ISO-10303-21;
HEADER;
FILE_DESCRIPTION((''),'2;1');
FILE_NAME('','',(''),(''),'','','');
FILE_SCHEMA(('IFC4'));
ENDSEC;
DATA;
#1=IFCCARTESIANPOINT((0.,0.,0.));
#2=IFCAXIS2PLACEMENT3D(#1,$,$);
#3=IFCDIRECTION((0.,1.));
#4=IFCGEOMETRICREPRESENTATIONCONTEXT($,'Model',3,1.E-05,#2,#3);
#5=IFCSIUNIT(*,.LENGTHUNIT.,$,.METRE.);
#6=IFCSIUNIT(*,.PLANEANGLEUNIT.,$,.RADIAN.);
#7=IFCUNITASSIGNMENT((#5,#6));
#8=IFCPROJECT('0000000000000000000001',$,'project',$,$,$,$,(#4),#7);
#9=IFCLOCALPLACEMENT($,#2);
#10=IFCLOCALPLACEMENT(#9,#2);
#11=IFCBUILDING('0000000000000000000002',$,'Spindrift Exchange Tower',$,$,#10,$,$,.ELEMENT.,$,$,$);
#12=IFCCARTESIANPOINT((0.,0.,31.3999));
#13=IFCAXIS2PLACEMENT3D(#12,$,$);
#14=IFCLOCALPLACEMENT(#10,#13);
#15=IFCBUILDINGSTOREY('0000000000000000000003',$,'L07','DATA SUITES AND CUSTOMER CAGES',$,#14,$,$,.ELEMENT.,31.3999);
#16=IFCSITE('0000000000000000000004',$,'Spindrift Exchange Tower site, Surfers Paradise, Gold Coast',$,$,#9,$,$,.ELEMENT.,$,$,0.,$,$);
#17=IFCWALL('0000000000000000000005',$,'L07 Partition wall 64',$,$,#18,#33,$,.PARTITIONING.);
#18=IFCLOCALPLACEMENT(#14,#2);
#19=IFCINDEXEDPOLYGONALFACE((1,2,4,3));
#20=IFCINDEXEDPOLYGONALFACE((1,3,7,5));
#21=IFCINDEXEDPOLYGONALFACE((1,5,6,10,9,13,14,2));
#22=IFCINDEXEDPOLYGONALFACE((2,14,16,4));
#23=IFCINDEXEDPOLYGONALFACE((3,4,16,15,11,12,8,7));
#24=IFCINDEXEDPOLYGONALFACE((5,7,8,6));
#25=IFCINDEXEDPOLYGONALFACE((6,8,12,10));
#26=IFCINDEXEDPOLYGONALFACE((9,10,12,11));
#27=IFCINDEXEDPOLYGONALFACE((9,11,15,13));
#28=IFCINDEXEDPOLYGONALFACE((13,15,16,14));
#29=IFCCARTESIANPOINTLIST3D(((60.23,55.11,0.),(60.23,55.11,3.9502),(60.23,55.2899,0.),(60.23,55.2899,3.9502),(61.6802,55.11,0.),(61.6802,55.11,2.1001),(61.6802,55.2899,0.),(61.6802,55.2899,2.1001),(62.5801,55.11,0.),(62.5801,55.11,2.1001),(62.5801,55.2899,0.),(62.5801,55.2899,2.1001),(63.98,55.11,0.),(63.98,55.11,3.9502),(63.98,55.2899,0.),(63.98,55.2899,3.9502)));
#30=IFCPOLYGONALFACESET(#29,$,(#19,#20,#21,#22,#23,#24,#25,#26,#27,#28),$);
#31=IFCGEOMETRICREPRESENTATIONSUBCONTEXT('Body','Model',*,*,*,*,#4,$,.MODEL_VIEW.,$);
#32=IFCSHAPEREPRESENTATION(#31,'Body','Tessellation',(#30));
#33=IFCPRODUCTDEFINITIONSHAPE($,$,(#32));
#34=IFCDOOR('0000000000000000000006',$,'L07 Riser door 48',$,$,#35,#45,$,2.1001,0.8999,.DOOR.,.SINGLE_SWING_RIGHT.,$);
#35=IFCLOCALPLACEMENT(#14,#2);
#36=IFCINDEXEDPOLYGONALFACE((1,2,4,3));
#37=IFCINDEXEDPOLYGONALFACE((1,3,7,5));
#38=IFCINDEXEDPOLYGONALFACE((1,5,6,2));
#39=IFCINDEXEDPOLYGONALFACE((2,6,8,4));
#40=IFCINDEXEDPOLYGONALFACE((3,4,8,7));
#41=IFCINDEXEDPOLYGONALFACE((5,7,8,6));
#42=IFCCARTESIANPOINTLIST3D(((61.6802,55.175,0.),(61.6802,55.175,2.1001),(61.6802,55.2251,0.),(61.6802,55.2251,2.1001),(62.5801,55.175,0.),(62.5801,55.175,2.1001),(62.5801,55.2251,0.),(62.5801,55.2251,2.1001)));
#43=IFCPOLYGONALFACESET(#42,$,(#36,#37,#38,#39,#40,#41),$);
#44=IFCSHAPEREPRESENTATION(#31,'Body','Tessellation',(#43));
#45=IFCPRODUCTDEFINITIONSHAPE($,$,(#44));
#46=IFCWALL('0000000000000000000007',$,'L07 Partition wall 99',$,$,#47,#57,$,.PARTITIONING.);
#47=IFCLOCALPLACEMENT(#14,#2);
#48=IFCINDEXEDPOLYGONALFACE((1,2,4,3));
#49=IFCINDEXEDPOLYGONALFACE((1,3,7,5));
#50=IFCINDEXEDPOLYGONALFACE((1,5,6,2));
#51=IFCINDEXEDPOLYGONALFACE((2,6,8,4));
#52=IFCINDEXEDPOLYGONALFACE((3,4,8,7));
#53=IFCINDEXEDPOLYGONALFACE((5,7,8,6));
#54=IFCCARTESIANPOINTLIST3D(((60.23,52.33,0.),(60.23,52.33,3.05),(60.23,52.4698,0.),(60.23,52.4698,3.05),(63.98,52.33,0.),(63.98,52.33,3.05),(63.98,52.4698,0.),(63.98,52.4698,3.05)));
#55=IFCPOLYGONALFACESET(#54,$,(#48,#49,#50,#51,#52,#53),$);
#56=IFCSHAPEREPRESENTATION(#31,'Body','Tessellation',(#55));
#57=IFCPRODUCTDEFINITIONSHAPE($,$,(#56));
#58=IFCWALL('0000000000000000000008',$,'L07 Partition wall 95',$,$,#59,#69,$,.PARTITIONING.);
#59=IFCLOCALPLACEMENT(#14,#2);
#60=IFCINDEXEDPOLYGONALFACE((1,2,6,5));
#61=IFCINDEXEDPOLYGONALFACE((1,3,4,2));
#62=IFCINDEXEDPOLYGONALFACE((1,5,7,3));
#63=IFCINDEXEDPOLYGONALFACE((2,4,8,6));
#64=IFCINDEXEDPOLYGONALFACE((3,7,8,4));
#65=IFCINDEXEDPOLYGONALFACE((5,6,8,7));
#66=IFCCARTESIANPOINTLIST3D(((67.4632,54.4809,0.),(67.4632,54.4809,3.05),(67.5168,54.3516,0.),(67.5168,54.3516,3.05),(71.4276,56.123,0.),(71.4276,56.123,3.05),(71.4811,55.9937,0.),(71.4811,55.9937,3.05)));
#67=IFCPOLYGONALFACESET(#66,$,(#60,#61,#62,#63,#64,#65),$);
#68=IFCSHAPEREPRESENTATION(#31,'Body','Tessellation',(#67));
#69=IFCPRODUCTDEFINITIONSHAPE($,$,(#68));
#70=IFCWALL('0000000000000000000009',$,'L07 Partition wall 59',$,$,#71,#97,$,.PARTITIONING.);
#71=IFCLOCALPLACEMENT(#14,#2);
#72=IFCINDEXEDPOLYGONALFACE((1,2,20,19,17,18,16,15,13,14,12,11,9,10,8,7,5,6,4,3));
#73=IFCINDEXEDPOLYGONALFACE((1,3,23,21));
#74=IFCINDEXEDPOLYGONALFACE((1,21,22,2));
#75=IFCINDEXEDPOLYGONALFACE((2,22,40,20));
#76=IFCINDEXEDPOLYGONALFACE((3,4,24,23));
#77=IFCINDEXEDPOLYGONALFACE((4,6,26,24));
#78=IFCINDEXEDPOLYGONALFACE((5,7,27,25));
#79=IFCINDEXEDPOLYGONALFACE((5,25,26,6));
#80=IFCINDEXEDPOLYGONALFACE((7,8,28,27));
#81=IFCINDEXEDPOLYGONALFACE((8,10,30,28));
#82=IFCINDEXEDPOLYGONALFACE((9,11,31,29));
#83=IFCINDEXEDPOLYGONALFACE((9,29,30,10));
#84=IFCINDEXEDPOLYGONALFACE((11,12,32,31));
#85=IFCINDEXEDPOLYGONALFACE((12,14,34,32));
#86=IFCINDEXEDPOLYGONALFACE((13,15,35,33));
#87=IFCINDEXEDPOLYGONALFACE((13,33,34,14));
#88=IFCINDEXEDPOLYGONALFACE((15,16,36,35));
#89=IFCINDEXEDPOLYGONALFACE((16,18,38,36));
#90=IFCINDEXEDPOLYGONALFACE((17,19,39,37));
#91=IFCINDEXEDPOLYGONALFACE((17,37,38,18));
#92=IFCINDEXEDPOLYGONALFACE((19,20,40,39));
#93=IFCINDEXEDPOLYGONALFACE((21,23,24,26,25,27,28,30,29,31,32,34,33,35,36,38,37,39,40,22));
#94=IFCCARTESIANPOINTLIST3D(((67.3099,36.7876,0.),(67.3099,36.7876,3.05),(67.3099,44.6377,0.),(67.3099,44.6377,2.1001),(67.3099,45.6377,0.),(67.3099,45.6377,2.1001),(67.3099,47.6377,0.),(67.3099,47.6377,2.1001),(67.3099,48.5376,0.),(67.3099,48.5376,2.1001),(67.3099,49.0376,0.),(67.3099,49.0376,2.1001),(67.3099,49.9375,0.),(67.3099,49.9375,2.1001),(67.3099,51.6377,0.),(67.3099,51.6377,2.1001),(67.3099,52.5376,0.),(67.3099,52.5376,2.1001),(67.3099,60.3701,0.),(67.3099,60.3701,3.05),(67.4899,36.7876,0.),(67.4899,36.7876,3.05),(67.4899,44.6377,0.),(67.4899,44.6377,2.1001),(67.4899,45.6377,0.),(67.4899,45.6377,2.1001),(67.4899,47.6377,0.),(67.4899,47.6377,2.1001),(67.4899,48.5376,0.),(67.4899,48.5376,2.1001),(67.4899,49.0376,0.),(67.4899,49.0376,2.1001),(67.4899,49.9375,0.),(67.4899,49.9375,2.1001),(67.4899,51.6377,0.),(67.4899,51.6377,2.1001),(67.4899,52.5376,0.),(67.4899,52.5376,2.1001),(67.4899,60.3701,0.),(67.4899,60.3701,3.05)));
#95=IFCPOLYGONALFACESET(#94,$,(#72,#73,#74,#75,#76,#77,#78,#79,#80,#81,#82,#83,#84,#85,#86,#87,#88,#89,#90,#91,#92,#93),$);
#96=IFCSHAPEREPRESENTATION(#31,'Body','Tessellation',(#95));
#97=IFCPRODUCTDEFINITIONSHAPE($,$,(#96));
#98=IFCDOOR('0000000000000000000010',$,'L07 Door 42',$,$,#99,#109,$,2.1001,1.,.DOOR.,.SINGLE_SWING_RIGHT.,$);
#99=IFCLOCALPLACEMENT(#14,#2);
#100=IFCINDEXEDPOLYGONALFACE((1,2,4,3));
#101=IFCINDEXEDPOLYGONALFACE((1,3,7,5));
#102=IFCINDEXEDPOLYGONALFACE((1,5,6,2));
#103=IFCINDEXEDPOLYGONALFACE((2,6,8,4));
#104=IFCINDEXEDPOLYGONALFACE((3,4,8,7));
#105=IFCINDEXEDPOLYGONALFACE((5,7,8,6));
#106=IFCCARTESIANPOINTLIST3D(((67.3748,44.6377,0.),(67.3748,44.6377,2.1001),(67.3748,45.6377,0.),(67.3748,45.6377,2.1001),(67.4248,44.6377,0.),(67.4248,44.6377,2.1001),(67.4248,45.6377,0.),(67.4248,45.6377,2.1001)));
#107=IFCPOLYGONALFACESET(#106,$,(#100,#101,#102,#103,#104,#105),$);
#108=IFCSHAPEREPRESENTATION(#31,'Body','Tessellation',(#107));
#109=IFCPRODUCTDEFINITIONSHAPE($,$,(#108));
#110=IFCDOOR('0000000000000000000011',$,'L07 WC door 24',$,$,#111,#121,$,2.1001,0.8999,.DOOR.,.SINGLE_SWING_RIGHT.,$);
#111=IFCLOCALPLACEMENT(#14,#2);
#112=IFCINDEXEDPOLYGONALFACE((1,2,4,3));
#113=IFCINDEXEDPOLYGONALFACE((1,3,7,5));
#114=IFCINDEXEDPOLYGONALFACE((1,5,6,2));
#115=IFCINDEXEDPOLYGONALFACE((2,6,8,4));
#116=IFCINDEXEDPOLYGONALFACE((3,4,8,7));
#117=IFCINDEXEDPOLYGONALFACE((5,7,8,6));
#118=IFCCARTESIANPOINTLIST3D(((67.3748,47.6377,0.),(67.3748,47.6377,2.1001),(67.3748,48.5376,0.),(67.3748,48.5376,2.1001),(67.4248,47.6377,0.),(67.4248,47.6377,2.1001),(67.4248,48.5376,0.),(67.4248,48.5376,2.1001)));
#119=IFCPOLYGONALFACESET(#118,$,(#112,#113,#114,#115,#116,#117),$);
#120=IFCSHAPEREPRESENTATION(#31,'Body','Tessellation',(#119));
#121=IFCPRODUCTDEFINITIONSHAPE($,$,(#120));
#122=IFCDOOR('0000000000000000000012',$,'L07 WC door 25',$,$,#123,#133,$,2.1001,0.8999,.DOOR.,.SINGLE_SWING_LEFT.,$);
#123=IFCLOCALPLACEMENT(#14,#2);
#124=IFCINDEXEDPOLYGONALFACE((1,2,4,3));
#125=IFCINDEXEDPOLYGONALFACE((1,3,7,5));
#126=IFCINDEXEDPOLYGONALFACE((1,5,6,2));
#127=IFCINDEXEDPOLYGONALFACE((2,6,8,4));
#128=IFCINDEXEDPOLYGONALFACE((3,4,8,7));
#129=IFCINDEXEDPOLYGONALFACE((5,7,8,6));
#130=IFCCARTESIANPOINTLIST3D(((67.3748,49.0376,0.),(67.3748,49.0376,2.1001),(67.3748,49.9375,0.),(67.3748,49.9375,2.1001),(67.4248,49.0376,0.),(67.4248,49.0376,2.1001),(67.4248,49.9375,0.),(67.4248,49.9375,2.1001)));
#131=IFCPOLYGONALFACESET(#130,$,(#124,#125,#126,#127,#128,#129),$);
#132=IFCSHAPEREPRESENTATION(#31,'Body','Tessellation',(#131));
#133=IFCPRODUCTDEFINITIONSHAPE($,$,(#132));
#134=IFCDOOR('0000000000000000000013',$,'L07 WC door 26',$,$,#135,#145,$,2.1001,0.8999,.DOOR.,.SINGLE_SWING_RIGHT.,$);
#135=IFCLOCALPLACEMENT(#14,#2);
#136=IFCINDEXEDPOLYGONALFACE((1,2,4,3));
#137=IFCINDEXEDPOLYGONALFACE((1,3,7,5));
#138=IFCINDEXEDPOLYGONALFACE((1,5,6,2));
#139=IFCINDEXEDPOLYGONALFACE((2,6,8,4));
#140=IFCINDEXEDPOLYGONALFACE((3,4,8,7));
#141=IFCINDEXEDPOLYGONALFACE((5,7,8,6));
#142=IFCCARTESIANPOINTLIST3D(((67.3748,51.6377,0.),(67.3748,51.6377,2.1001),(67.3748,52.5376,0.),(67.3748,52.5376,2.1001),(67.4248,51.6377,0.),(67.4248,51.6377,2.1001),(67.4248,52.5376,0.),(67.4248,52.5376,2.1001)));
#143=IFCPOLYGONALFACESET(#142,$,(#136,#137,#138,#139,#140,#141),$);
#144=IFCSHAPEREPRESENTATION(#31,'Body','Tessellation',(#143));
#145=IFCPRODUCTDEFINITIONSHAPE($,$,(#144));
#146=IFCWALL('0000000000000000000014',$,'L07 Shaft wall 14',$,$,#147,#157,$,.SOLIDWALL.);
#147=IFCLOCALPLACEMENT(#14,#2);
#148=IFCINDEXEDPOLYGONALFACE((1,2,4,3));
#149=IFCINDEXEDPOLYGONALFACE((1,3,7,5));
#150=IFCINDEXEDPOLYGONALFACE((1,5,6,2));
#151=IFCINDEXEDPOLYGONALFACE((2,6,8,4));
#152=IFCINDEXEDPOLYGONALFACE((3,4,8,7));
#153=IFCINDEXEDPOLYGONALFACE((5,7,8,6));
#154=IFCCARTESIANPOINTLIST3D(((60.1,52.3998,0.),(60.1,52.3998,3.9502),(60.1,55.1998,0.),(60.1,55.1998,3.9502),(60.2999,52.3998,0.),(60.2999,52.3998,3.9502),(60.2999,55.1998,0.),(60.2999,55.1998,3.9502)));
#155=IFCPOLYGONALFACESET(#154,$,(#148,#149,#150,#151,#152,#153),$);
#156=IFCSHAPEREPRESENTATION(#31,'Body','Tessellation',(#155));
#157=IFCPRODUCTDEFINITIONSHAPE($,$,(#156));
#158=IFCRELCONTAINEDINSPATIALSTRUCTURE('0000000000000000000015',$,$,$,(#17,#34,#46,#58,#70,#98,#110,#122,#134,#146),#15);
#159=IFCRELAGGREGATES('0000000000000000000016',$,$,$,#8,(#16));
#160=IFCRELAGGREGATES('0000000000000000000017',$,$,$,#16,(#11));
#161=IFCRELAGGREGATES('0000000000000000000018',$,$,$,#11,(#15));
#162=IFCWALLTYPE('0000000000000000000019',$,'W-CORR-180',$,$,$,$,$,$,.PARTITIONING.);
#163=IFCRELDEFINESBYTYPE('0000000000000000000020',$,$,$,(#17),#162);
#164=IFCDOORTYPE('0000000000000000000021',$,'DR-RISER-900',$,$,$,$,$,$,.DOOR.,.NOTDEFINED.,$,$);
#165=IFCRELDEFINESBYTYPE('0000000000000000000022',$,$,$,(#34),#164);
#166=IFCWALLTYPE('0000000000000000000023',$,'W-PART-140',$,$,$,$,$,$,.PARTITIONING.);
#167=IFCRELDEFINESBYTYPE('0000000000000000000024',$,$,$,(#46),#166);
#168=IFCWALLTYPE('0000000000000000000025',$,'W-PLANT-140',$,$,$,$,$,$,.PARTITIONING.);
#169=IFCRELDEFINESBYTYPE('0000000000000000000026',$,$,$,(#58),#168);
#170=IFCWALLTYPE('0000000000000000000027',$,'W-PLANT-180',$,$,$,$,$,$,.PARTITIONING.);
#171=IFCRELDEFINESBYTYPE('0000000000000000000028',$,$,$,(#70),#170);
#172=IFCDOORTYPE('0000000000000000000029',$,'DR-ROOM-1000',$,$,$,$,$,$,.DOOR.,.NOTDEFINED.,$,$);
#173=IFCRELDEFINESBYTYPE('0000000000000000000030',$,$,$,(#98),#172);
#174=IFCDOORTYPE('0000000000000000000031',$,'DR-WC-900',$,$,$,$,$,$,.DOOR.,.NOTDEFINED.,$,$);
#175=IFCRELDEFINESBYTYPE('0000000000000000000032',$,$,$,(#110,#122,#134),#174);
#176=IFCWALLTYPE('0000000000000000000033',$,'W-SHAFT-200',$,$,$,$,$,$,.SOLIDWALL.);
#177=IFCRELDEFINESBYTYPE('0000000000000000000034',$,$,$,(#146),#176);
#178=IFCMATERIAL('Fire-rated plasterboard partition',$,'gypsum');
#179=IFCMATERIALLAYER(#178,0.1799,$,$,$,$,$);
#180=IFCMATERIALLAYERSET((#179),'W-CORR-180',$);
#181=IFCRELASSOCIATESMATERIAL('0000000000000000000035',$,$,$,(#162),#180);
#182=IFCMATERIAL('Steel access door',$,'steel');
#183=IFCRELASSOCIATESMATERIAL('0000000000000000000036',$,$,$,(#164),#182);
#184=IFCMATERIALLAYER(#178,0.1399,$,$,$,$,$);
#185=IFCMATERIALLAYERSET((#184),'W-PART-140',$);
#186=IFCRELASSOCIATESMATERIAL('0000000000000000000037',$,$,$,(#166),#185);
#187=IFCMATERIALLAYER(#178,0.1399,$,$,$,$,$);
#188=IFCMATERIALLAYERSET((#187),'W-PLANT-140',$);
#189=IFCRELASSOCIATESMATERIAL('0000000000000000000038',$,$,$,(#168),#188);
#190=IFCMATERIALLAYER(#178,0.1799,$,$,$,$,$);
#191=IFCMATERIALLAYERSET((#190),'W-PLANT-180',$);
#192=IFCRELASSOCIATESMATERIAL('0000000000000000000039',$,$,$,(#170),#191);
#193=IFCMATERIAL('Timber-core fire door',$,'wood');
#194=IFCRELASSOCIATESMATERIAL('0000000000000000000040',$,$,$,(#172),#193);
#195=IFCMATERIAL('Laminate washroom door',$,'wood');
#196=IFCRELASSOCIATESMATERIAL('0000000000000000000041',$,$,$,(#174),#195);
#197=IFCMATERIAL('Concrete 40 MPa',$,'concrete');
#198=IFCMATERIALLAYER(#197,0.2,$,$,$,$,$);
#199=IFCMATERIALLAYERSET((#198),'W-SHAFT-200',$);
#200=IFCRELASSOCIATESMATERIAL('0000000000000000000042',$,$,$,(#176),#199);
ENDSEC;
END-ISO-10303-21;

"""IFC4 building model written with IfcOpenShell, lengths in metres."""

from ifc_helpers import new_model, si_unit, direction, frame, frame_2d, origin, place, context, subcontext, project, spatial, rectangle, extrude, source, transform, mapped, material, layer, layer_set, type_object, element, fill, save


model = new_model("IFC4")

# Units and contexts
model_context = context("Model", 3, precision=1e-05, world=origin(), true_north=direction((0.0, 1.0)))
body_context = subcontext(model_context, "Body", "Model", "MODEL_VIEW")
ifc_project = project(units=[si_unit("LENGTHUNIT", "METRE"), si_unit("PLANEANGLEUNIT", "RADIAN")], contexts=[model_context])

# Site, building, storey
site_placement = place(None, origin())
site = spatial("IfcSite", under=ifc_project, at=site_placement, Name="Spindrift Exchange Tower site, Surfers Paradise, Gold Coast", CompositionType="ELEMENT", RefElevation=0.0)
building_placement = place(site_placement, origin())
building = spatial("IfcBuilding", under=site, at=building_placement, Name="Spindrift Exchange Tower", CompositionType="ELEMENT")
storey_placement = place(building_placement, frame((0.0, 0.0, 31.3999)))
storey = spatial("IfcBuildingStorey", under=building, at=storey_placement, Name="L07", Description="DATA SUITES AND CUSTOMER CAGES", CompositionType="ELEMENT", Elevation=31.3999)

# Wall, opening, door
ifc_material_1 = material(Name="Fire-rated plasterboard partition", Category="gypsum")
ifc_layer_1 = layer(ifc_material_1, 0.1799)
ifc_layer_set_1 = layer_set([ifc_layer_1], Name="W-CORR-180")
wall_type_1 = type_object("IfcWallType", Name="W-CORR-180", PredefinedType="PARTITIONING", material=ifc_layer_set_1)
wall_1_placement = place(storey_placement, frame((63.98, 55.2, 0.0), z_axis=(0.0, 0.0, 1.0), x_axis=(-1.0, 0.0, 0.0)))
wall_1 = element("IfcWall", 1, at=wall_1_placement, inside=storey, type_object=wall_type_1, Name="L07 Partition wall 64", PredefinedType="PARTITIONING", context=body_context, shape_type="SweptSolid", body=[
    extrude(rectangle(XDim=3.75, YDim=0.1799, at=frame_2d((1.875, 0.0))), origin(), (0.0, 0.0, 1.0), 3.9502),
])
opening_1_placement = place(wall_1_placement, frame((1.3999, 0.0, 0.0)))
opening_1 = element("IfcOpeningElement", 2, at=opening_1_placement, cuts=wall_1, PredefinedType="OPENING", context=body_context, shape_type="SweptSolid", body=[
    extrude(rectangle(XDim=0.8999, YDim=2.1001, at=frame_2d((0.45, 1.05))), frame((0.0, 0.0999, 0.0), z_axis=(0.0, -1.0, 0.0), x_axis=(1.0, 0.0, 0.0)), (0.0, 0.0, 1.0), 0.2),
])
ifc_material_2 = material(Name="Steel access door", Category="steel")
door_type_1 = type_object("IfcDoorType", Name="DR-RISER-900", OperationType="NOTDEFINED", PredefinedType="DOOR", material=ifc_material_2)
shared_shape_1 = source(origin(), body_context, "Body", "SweptSolid", [
    extrude(rectangle(XDim=0.8999, YDim=2.1001, at=frame_2d((0.45, 1.05))), frame((0.0, 0.0249, 0.0), z_axis=(0.0, -1.0, 0.0), x_axis=(1.0, 0.0, 0.0)), (0.0, 0.0, 1.0), 0.05),
])
door_1_placement = place(opening_1_placement, origin())
door_1 = element("IfcDoor", 3, at=door_1_placement, inside=storey, type_object=door_type_1, Name="L07 Riser door 48", OperationType="SINGLE_SWING_RIGHT", OverallHeight=2.1001, OverallWidth=0.8999, PredefinedType="DOOR", context=body_context, shape_type="MappedRepresentation", body=[
    mapped(shared_shape_1, transform((0.0, 0.0, 0.0), scale=1.0)),
])
fill(opening_1, door_1)

# Walls
ifc_layer_2 = layer(ifc_material_1, 0.1399)
ifc_layer_set_2 = layer_set([ifc_layer_2], Name="W-PART-140")
wall_type_2 = type_object("IfcWallType", Name="W-PART-140", PredefinedType="PARTITIONING", material=ifc_layer_set_2)
wall_2_placement = place(storey_placement, frame((63.98, 52.3999, 0.0), z_axis=(0.0, 0.0, 1.0), x_axis=(-1.0, 0.0, 0.0)))
element("IfcWall", 4, at=wall_2_placement, inside=storey, type_object=wall_type_2, Name="L07 Partition wall 99", PredefinedType="PARTITIONING", context=body_context, shape_type="SweptSolid", body=[
    extrude(rectangle(XDim=3.75, YDim=0.1399, at=frame_2d((1.875, 0.0))), origin(), (0.0, 0.0, 1.0), 3.05),
])
ifc_layer_3 = layer(ifc_material_1, 0.1399)
ifc_layer_set_3 = layer_set([ifc_layer_3], Name="W-PLANT-140")
wall_type_3 = type_object("IfcWallType", Name="W-PLANT-140", PredefinedType="PARTITIONING", material=ifc_layer_set_3)
wall_3_placement = place(storey_placement, frame((67.49, 54.4163, 0.0), z_axis=(0.0, 0.0, 1.0), x_axis=(0.92388, 0.382683, 0.0)))
element("IfcWall", 5, at=wall_3_placement, inside=storey, type_object=wall_type_3, Name="L07 Partition wall 95", PredefinedType="PARTITIONING", context=body_context, shape_type="SweptSolid", body=[
    extrude(rectangle(XDim=4.291, YDim=0.1399, at=frame_2d((2.1455, 0.0))), origin(), (0.0, 0.0, 1.0), 3.05),
])

# Wall, openings, doors
ifc_layer_4 = layer(ifc_material_1, 0.1799)
ifc_layer_set_4 = layer_set([ifc_layer_4], Name="W-PLANT-180")
wall_type_4 = type_object("IfcWallType", Name="W-PLANT-180", PredefinedType="PARTITIONING", material=ifc_layer_set_4)
wall_4_placement = place(storey_placement, frame((67.3999, 60.3701, 0.0), z_axis=(0.0, 0.0, 1.0), x_axis=(0.0, -1.0, 0.0)))
wall_4 = element("IfcWall", 6, at=wall_4_placement, inside=storey, type_object=wall_type_4, Name="L07 Partition wall 59", PredefinedType="PARTITIONING", context=body_context, shape_type="SweptSolid", body=[
    extrude(rectangle(XDim=23.5825, YDim=0.1799, at=frame_2d((11.7913, 0.0))), origin(), (0.0, 0.0, 1.0), 3.05),
])
opening_2_placement = place(wall_4_placement, frame((11.8325, 0.0, 0.0)))
opening_2 = element("IfcOpeningElement", 7, at=opening_2_placement, cuts=wall_4, PredefinedType="OPENING", context=body_context, shape_type="SweptSolid", body=[
    extrude(rectangle(XDim=0.8999, YDim=2.1001, at=frame_2d((0.45, 1.05))), frame((0.0, 0.0999, 0.0), z_axis=(0.0, -1.0, 0.0), x_axis=(1.0, 0.0, 0.0)), (0.0, 0.0, 1.0), 0.2),
])
opening_3_placement = place(wall_4_placement, frame((10.4326, 0.0, 0.0)))
opening_3 = element("IfcOpeningElement", 8, at=opening_3_placement, cuts=wall_4, PredefinedType="OPENING", context=body_context, shape_type="SweptSolid", body=[
    extrude(rectangle(XDim=0.8999, YDim=2.1001, at=frame_2d((0.45, 1.05))), frame((0.0, 0.0999, 0.0), z_axis=(0.0, -1.0, 0.0), x_axis=(1.0, 0.0, 0.0)), (0.0, 0.0, 1.0), 0.2),
])
opening_4_placement = place(wall_4_placement, frame((7.8325, 0.0, 0.0)))
opening_4 = element("IfcOpeningElement", 9, at=opening_4_placement, cuts=wall_4, PredefinedType="OPENING", context=body_context, shape_type="SweptSolid", body=[
    extrude(rectangle(XDim=0.8999, YDim=2.1001, at=frame_2d((0.45, 1.05))), frame((0.0, 0.0999, 0.0), z_axis=(0.0, -1.0, 0.0), x_axis=(1.0, 0.0, 0.0)), (0.0, 0.0, 1.0), 0.2),
])
opening_5_placement = place(wall_4_placement, frame((14.7324, 0.0, 0.0)))
opening_5 = element("IfcOpeningElement", 10, at=opening_5_placement, cuts=wall_4, PredefinedType="OPENING", context=body_context, shape_type="SweptSolid", body=[
    extrude(rectangle(XDim=1.0, YDim=2.1001, at=frame_2d((0.5, 1.05))), frame((0.0, 0.0999, 0.0), z_axis=(0.0, -1.0, 0.0), x_axis=(1.0, 0.0, 0.0)), (0.0, 0.0, 1.0), 0.2),
])
ifc_material_3 = material(Name="Timber-core fire door", Category="wood")
door_type_2 = type_object("IfcDoorType", Name="DR-ROOM-1000", OperationType="NOTDEFINED", PredefinedType="DOOR", material=ifc_material_3)
shared_shape_2 = source(origin(), body_context, "Body", "SweptSolid", [
    extrude(rectangle(XDim=1.0, YDim=2.1001, at=frame_2d((0.5, 1.05))), frame((0.0, 0.0249, 0.0), z_axis=(0.0, -1.0, 0.0), x_axis=(1.0, 0.0, 0.0)), (0.0, 0.0, 1.0), 0.05),
])
door_2_placement = place(opening_5_placement, origin())
door_2 = element("IfcDoor", 11, at=door_2_placement, inside=storey, type_object=door_type_2, Name="L07 Door 42", OperationType="SINGLE_SWING_RIGHT", OverallHeight=2.1001, OverallWidth=1.0, PredefinedType="DOOR", context=body_context, shape_type="MappedRepresentation", body=[
    mapped(shared_shape_2, transform((0.0, 0.0, 0.0), scale=1.0)),
])
fill(opening_5, door_2)
ifc_material_4 = material(Name="Laminate washroom door", Category="wood")
door_type_3 = type_object("IfcDoorType", Name="DR-WC-900", OperationType="NOTDEFINED", PredefinedType="DOOR", material=ifc_material_4)
shared_shape_3 = source(origin(), body_context, "Body", "SweptSolid", [
    extrude(rectangle(XDim=0.8999, YDim=2.1001, at=frame_2d((0.45, 1.05))), frame((0.0, 0.0249, 0.0), z_axis=(0.0, -1.0, 0.0), x_axis=(1.0, 0.0, 0.0)), (0.0, 0.0, 1.0), 0.05),
])
door_3_placement = place(opening_2_placement, origin())
door_3 = element("IfcDoor", 12, at=door_3_placement, inside=storey, type_object=door_type_3, Name="L07 WC door 24", OperationType="SINGLE_SWING_RIGHT", OverallHeight=2.1001, OverallWidth=0.8999, PredefinedType="DOOR", context=body_context, shape_type="MappedRepresentation", body=[
    mapped(shared_shape_3, transform((0.0, 0.0, 0.0), scale=1.0)),
])
fill(opening_2, door_3)
door_4_placement = place(opening_3_placement, origin())
door_4 = element("IfcDoor", 13, at=door_4_placement, inside=storey, type_object=door_type_3, Name="L07 WC door 25", OperationType="SINGLE_SWING_LEFT", OverallHeight=2.1001, OverallWidth=0.8999, PredefinedType="DOOR", context=body_context, shape_type="MappedRepresentation", body=[
    mapped(shared_shape_3, transform((0.0, 0.0, 0.0), scale=1.0)),
])
fill(opening_3, door_4)
door_5_placement = place(opening_4_placement, origin())
door_5 = element("IfcDoor", 14, at=door_5_placement, inside=storey, type_object=door_type_3, Name="L07 WC door 26", OperationType="SINGLE_SWING_RIGHT", OverallHeight=2.1001, OverallWidth=0.8999, PredefinedType="DOOR", context=body_context, shape_type="MappedRepresentation", body=[
    mapped(shared_shape_3, transform((0.0, 0.0, 0.0), scale=1.0)),
])
fill(opening_4, door_5)

# Wall
ifc_material_5 = material(Name="Concrete 40 MPa", Category="concrete")
ifc_layer_5 = layer(ifc_material_5, 0.2)
ifc_layer_set_5 = layer_set([ifc_layer_5], Name="W-SHAFT-200")
wall_type_5 = type_object("IfcWallType", Name="W-SHAFT-200", PredefinedType="SOLIDWALL", material=ifc_layer_set_5)
wall_5_placement = place(storey_placement, frame((60.2, 52.3999, 0.0), z_axis=(0.0, 0.0, 1.0), x_axis=(0.0, 1.0, 0.0)))
element("IfcWall", 15, at=wall_5_placement, inside=storey, type_object=wall_type_5, Name="L07 Shaft wall 14", PredefinedType="SOLIDWALL", context=body_context, shape_type="SweptSolid", body=[
    extrude(rectangle(XDim=2.8, YDim=0.2, at=frame_2d((1.3999, 0.0))), origin(), (0.0, 0.0, 1.0), 3.9502),
])

save(model, "model.ifc")
